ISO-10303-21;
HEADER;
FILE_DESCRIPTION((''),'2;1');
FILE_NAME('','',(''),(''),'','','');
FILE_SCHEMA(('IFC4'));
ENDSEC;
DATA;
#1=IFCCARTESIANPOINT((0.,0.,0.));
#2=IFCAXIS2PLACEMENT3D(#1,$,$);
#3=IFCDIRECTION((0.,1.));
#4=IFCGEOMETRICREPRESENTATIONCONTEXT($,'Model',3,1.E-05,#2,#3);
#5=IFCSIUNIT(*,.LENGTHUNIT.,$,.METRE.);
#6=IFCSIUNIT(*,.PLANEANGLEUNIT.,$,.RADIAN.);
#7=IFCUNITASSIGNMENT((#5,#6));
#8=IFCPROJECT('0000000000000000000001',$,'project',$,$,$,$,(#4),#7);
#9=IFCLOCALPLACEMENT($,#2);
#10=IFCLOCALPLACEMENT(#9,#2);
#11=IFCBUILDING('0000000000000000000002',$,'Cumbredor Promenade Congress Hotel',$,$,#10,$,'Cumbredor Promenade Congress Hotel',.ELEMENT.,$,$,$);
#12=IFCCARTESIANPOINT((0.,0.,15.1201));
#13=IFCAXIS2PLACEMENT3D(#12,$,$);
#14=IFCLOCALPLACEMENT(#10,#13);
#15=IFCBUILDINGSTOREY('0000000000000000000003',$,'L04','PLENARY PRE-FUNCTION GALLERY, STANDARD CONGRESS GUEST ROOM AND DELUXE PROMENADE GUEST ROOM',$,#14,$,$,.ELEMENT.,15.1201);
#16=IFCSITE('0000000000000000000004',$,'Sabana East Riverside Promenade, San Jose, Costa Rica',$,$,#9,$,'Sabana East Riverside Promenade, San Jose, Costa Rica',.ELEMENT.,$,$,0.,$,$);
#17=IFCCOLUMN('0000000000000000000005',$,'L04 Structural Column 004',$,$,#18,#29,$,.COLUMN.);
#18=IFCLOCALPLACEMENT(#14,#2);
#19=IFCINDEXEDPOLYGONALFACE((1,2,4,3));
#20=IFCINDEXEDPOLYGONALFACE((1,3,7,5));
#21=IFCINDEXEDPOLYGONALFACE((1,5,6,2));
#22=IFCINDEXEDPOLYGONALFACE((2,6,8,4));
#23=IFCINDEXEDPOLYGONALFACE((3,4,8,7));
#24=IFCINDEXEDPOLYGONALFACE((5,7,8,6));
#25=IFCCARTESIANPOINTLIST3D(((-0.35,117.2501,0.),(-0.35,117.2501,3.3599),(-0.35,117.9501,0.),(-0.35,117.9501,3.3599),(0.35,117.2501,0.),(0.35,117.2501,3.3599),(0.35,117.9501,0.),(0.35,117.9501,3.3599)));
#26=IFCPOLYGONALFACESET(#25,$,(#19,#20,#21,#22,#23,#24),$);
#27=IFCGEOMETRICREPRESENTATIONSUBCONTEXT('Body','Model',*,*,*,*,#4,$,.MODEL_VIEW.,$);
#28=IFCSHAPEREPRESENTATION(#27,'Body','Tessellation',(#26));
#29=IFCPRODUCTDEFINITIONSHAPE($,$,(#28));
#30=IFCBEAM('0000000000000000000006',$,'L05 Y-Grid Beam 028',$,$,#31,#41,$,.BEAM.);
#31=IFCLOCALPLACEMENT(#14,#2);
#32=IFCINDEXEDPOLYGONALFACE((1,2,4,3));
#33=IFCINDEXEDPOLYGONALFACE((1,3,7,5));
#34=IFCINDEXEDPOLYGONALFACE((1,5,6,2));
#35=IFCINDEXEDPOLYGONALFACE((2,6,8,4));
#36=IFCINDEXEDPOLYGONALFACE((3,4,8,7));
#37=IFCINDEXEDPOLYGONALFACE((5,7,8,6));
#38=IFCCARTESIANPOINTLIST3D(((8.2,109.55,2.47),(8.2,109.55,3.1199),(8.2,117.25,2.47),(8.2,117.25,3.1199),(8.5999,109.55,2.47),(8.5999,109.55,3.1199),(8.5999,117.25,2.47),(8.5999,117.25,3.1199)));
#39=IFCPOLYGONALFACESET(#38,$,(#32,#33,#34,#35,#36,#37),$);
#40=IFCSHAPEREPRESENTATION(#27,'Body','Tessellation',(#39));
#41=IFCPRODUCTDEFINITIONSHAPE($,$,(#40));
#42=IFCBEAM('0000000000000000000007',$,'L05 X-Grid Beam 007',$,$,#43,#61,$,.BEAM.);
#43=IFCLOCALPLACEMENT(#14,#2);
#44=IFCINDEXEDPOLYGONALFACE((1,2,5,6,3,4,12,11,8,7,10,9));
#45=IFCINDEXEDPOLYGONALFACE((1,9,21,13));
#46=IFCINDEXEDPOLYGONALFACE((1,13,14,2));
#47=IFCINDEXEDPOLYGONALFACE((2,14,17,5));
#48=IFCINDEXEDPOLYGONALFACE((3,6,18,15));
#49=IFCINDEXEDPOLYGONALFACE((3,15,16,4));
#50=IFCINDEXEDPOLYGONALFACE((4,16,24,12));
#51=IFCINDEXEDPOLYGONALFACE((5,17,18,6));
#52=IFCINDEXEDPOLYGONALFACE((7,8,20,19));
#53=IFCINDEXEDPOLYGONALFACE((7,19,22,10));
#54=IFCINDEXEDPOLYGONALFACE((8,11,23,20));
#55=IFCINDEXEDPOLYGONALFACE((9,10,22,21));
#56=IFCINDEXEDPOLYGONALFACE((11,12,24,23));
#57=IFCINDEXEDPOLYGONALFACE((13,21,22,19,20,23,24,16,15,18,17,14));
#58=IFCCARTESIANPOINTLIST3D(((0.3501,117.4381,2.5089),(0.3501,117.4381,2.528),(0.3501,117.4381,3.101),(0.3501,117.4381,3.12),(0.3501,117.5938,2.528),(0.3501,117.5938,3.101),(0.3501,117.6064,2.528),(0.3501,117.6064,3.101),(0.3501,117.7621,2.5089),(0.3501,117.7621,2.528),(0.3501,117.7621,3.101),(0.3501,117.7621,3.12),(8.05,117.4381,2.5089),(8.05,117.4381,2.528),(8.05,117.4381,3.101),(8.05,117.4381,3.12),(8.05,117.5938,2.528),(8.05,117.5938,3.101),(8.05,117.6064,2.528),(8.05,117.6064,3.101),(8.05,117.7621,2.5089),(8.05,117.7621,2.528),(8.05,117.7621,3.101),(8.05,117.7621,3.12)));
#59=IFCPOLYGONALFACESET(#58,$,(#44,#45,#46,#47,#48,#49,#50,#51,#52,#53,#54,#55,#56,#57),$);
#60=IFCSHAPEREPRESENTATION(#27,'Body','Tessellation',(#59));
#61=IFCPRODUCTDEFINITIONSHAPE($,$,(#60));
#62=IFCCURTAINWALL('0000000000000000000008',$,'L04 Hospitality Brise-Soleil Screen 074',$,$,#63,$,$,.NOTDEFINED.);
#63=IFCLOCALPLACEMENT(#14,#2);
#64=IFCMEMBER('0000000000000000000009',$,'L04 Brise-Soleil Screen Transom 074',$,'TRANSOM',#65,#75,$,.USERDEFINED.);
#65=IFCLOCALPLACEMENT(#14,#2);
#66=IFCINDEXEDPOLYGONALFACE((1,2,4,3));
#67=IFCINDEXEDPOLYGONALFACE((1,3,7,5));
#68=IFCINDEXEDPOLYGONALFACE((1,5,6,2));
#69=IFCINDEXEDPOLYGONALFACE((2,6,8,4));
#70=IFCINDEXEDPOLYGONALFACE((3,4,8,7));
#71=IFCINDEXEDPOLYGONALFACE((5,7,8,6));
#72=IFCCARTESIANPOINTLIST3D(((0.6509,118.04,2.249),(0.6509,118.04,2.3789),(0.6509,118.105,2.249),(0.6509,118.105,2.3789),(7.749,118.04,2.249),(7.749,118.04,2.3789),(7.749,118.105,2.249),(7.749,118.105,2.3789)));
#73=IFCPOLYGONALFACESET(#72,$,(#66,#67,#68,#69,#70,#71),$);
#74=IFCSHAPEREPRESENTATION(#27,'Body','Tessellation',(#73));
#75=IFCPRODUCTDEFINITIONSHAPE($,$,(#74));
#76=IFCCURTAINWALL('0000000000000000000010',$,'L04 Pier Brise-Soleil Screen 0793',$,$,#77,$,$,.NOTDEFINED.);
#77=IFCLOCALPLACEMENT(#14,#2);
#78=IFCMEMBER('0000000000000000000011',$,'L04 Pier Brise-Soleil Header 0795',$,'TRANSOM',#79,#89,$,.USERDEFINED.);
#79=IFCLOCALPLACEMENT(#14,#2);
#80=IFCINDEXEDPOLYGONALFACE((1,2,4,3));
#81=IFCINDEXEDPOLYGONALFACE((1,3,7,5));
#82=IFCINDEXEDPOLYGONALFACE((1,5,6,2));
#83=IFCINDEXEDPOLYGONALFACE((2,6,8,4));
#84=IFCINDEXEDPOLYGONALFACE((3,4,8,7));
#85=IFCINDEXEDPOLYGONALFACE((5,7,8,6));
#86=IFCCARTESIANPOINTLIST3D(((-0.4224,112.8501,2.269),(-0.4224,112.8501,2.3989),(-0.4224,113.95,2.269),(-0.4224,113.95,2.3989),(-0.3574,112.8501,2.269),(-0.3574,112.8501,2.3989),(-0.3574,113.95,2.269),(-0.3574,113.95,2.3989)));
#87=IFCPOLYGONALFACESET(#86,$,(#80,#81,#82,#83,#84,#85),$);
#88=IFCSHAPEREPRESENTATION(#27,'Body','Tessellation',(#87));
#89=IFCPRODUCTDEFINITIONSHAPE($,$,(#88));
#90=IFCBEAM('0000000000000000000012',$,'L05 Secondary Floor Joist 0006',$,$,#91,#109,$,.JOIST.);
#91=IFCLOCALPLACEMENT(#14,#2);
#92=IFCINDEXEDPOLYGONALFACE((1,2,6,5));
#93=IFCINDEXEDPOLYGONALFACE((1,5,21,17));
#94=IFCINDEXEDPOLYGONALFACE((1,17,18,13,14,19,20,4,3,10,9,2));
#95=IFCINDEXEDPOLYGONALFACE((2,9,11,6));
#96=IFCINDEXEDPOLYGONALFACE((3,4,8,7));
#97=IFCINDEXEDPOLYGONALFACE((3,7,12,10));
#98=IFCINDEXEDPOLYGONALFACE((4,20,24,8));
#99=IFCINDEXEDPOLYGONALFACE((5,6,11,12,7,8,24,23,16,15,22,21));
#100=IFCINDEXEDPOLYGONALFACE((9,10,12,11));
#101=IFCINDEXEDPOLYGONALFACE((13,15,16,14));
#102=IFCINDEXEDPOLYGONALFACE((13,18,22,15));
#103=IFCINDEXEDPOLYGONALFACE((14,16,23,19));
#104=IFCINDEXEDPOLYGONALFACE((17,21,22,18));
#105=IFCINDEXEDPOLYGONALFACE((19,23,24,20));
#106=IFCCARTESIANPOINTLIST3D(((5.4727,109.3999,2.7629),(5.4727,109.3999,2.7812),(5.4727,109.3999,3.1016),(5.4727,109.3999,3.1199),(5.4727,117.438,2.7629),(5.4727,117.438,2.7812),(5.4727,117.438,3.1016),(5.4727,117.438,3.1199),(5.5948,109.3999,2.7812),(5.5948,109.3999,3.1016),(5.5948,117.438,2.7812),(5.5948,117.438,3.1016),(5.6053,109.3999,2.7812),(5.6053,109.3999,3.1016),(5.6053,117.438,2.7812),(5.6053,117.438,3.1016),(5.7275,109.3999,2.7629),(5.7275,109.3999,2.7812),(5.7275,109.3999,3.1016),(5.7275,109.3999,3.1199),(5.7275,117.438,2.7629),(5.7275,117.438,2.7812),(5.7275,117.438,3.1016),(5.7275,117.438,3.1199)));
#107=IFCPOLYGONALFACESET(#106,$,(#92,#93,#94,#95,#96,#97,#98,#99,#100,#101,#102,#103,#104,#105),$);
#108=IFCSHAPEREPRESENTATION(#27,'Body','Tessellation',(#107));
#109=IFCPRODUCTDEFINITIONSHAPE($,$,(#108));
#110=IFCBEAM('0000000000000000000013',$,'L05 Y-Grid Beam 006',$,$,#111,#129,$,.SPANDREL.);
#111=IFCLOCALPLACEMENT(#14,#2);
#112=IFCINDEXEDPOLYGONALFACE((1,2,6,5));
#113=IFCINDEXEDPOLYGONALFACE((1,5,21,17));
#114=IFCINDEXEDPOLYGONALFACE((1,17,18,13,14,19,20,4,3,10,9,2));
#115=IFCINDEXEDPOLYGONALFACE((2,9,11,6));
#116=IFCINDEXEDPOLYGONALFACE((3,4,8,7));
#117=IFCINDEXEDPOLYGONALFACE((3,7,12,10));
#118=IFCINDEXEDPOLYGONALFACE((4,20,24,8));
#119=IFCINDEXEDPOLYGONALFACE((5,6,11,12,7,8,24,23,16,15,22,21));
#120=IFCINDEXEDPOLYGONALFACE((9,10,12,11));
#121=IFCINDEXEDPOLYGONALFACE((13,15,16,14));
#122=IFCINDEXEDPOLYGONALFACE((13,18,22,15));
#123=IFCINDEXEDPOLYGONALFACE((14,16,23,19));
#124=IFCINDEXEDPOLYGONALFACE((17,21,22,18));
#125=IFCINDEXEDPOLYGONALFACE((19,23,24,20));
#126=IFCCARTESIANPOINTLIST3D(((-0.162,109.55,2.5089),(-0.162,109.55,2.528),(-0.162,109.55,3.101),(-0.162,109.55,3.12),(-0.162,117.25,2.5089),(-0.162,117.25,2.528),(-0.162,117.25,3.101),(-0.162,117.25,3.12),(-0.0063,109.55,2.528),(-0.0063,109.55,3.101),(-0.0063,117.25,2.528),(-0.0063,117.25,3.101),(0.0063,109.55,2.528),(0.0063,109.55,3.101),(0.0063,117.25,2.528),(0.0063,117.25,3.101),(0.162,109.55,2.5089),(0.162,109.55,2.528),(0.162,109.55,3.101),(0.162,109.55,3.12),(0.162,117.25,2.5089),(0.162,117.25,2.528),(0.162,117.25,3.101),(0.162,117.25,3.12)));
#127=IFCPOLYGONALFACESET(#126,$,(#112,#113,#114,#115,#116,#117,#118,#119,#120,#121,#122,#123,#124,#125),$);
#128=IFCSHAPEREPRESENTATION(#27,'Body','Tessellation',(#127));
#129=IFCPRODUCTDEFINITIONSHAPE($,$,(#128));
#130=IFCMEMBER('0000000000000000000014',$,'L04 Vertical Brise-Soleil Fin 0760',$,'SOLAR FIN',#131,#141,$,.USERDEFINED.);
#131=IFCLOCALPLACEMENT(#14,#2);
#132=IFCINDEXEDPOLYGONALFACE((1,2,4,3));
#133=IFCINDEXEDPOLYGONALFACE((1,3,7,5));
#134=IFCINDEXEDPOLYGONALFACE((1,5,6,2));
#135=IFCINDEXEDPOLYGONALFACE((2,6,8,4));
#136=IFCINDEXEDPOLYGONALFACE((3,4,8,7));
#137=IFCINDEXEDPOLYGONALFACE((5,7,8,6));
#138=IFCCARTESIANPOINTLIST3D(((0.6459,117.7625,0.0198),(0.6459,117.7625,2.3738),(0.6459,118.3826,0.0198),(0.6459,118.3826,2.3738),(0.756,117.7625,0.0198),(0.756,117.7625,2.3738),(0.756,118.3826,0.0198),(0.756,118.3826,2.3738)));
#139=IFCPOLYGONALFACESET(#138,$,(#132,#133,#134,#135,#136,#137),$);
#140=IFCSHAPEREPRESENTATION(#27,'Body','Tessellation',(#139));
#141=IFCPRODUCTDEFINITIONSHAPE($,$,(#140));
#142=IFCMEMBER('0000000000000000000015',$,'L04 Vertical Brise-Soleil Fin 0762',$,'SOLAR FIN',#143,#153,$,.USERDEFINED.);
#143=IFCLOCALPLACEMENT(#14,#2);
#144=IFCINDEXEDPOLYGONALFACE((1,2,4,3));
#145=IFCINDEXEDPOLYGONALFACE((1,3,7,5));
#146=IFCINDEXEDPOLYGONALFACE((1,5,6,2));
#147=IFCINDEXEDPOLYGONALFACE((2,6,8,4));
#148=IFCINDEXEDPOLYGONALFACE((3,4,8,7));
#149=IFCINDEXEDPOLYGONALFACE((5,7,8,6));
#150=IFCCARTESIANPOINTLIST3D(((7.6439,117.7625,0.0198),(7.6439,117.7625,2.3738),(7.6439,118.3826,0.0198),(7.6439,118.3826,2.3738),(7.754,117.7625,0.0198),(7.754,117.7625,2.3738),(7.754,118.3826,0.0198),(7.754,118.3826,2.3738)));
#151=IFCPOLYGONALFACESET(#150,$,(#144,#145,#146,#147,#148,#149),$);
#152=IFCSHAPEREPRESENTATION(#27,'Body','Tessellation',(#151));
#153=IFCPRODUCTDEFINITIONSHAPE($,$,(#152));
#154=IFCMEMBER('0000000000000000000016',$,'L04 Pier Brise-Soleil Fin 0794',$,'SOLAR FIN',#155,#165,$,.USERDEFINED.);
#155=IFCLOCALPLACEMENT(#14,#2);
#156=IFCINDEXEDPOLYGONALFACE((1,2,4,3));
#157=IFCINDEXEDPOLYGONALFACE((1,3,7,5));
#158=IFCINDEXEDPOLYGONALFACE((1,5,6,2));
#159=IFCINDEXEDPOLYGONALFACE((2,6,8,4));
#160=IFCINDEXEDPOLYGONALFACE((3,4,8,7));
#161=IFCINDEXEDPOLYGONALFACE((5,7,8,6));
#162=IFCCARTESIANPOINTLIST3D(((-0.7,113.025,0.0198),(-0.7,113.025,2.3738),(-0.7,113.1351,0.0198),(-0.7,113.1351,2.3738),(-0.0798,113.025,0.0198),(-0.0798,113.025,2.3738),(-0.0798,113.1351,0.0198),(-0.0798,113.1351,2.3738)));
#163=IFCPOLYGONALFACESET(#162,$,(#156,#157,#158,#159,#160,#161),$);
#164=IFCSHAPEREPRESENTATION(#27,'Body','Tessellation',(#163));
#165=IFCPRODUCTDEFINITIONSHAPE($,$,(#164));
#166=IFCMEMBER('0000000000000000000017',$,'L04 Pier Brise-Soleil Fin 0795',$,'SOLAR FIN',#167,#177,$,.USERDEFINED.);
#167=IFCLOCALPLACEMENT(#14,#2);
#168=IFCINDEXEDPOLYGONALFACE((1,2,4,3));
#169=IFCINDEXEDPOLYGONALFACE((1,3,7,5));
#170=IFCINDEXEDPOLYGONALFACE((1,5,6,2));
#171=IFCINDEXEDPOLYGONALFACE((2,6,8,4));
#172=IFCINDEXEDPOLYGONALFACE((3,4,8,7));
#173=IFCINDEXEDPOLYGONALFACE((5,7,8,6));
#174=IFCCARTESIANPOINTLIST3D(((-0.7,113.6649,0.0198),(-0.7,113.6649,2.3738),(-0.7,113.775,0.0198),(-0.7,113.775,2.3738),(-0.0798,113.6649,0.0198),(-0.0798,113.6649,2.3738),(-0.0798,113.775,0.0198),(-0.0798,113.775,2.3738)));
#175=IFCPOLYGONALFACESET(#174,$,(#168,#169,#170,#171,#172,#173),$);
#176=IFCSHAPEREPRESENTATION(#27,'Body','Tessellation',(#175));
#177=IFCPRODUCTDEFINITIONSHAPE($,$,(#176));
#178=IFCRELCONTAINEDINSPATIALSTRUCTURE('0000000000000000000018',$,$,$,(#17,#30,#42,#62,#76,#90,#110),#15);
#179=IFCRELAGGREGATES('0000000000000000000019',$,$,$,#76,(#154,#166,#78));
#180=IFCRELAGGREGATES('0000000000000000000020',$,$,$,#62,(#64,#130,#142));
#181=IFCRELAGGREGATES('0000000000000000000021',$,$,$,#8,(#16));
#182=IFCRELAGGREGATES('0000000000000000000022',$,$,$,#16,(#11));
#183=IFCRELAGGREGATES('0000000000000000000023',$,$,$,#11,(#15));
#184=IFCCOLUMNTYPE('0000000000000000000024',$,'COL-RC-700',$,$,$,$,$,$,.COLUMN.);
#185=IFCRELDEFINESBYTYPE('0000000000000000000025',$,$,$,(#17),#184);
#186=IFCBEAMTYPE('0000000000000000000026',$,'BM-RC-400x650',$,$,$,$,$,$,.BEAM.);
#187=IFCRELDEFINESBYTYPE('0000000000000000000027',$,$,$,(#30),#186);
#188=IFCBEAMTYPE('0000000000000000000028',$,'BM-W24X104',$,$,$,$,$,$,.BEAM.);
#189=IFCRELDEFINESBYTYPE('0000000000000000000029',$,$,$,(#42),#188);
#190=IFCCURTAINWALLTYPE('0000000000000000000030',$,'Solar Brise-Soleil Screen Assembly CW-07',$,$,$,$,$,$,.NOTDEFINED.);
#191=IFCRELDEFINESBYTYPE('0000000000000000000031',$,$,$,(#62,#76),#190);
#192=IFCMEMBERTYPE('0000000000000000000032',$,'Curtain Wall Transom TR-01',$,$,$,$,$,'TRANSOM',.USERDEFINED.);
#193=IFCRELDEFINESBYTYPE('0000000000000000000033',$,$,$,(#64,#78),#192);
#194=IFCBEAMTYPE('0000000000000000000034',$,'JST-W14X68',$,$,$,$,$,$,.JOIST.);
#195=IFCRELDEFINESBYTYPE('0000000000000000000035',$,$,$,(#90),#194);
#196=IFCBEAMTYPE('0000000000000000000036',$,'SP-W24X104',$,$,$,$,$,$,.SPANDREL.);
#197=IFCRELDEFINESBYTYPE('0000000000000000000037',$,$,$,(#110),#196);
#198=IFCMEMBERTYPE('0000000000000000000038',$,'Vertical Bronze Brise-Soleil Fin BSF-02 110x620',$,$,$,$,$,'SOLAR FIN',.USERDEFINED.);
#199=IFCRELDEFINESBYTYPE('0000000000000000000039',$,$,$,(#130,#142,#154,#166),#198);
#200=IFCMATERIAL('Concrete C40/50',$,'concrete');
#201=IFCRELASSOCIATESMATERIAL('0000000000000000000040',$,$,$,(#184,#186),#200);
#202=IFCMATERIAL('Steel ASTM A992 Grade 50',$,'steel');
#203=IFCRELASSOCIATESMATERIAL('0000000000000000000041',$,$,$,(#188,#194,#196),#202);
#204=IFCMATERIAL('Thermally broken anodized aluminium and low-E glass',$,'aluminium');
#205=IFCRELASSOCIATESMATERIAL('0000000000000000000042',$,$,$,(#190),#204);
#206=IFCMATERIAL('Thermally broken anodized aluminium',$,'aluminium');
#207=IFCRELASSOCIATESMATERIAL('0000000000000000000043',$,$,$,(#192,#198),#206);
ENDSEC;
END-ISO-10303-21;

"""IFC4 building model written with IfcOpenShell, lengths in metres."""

from ifc_helpers import new_model, si_unit, direction, frame, origin, origin_2d, place, context, subcontext, project, spatial, rectangle, i_section, extrude, material, material_profile, profile_set, type_object, element, aggregate, save


model = new_model("IFC4")

# Units and contexts
model_context = context("Model", 3, precision=1e-05, world=origin(), true_north=direction((0.0, 1.0)))
body_context = subcontext(model_context, "Body", "Model", "MODEL_VIEW")
ifc_project = project(units=[si_unit("LENGTHUNIT", "METRE"), si_unit("PLANEANGLEUNIT", "RADIAN")], contexts=[model_context])

# Site, building, storey
site_placement = place(None, origin())
site = spatial("IfcSite", under=ifc_project, at=site_placement, Name="Sabana East Riverside Promenade, San Jose, Costa Rica", LongName="Sabana East Riverside Promenade, San Jose, Costa Rica", CompositionType="ELEMENT", RefElevation=0.0)
building_placement = place(site_placement, origin())
building = spatial("IfcBuilding", under=site, at=building_placement, Name="Cumbredor Promenade Congress Hotel", LongName="Cumbredor Promenade Congress Hotel", CompositionType="ELEMENT")
storey_placement = place(building_placement, frame((0.0, 0.0, 15.1201)))
storey = spatial("IfcBuildingStorey", under=building, at=storey_placement, Name="L04", Description="PLENARY PRE-FUNCTION GALLERY, STANDARD CONGRESS GUEST ROOM AND DELUXE PROMENADE GUEST ROOM", CompositionType="ELEMENT", Elevation=15.1201)

# Column
ifc_material_1 = material(Name="Concrete C40/50", Category="concrete")
ifc_material_profile_1 = material_profile(ifc_material_1, rectangle(XDim=0.7, YDim=0.7, at=origin_2d()), Name="RC 700x700")
ifc_profile_set_1 = profile_set([ifc_material_profile_1], Name="Concrete C40/50")
column_type = type_object("IfcColumnType", Name="COL-RC-700", PredefinedType="COLUMN", material=ifc_profile_set_1)
column_placement = place(storey_placement, frame((0.0, 117.6001, 0.0), z_axis=(0.0, 0.0, 1.0), x_axis=(1.0, 0.0, 0.0)))
element("IfcColumn", 1, at=column_placement, inside=storey, type_object=column_type, Name="L04 Structural Column 004", PredefinedType="COLUMN", context=body_context, shape_type="SweptSolid", body=[
    extrude(rectangle(XDim=0.7, YDim=0.7, at=origin_2d()), origin(), (0.0, 0.0, 1.0), 3.3599),
])

# Beams
ifc_material_profile_2 = material_profile(ifc_material_1, rectangle(XDim=0.3999, YDim=0.6499, at=origin_2d()), Name="RC BEAM 400x650")
ifc_profile_set_2 = profile_set([ifc_material_profile_2], Name="Concrete C40/50")
beam_type_1 = type_object("IfcBeamType", Name="BM-RC-400x650", PredefinedType="BEAM", material=ifc_profile_set_2)
beam_1_placement = place(storey_placement, frame((8.3999, 109.55, 2.7949), z_axis=(0.0, 1.0, 0.0), x_axis=(-1.0, 0.0, 0.0)))
element("IfcBeam", 2, at=beam_1_placement, inside=storey, type_object=beam_type_1, Name="L05 Y-Grid Beam 028", PredefinedType="BEAM", context=body_context, shape_type="SweptSolid", body=[
    extrude(rectangle(XDim=0.3999, YDim=0.6499, at=origin_2d()), origin(), (0.0, 0.0, 1.0), 7.7),
])
ifc_material_2 = material(Name="Steel ASTM A992 Grade 50", Category="steel")
ifc_material_profile_3 = material_profile(ifc_material_2, i_section(OverallWidth=0.324, OverallDepth=0.6111, WebThickness=0.0127, FlangeThickness=0.019, at=origin_2d()), Name="W24X104")
ifc_profile_set_3 = profile_set([ifc_material_profile_3], Name="Steel ASTM A992 Grade 50")
beam_type_2 = type_object("IfcBeamType", Name="BM-W24X104", PredefinedType="BEAM", material=ifc_profile_set_3)
beam_2_placement = place(storey_placement, frame((0.3501, 117.6001, 2.8145), z_axis=(1.0, 0.0, 0.0), x_axis=(0.0, 1.0, 0.0)))
element("IfcBeam", 3, at=beam_2_placement, inside=storey, type_object=beam_type_2, Name="L05 X-Grid Beam 007", PredefinedType="BEAM", context=body_context, shape_type="SweptSolid", body=[
    extrude(i_section(OverallWidth=0.324, OverallDepth=0.6111, WebThickness=0.0127, FlangeThickness=0.019, at=origin_2d()), origin(), (0.0, 0.0, 1.0), 7.7),
])

# Curtain walls, members
ifc_material_3 = material(Name="Thermally broken anodized aluminium and low-E glass", Category="aluminium")
curtain_wall_type = type_object("IfcCurtainWallType", Name="Solar Brise-Soleil Screen Assembly CW-07", PredefinedType="NOTDEFINED", material=ifc_material_3)
curtain_wall_1_placement = place(storey_placement, origin())
curtain_wall_1 = element("IfcCurtainWall", 4, at=curtain_wall_1_placement, inside=storey, type_object=curtain_wall_type, Name="L04 Hospitality Brise-Soleil Screen 074", PredefinedType="NOTDEFINED")
ifc_material_4 = material(Name="Thermally broken anodized aluminium", Category="aluminium")
ifc_material_profile_4 = material_profile(ifc_material_4, rectangle(XDim=0.0649, YDim=0.1299, at=origin_2d()), Name="ALU TRANSOM 65x130")
ifc_profile_set_4 = profile_set([ifc_material_profile_4], Name="Thermally broken anodized aluminium")
member_type_1 = type_object("IfcMemberType", Name="Curtain Wall Transom TR-01", ElementType="TRANSOM", PredefinedType="USERDEFINED", material=ifc_profile_set_4)
member_1_placement = place(storey_placement, frame((0.6509, 118.0725, 2.314), z_axis=(1.0, 0.0, 0.0), x_axis=(0.0, 1.0, 0.0)))
member_1 = element("IfcMember", 5, at=member_1_placement, type_object=member_type_1, Name="L04 Brise-Soleil Screen Transom 074", ObjectType="TRANSOM", PredefinedType="USERDEFINED", context=body_context, shape_type="SweptSolid", body=[
    extrude(rectangle(XDim=0.0649, YDim=0.1299, at=origin_2d()), origin(), (0.0, 0.0, 1.0), 7.0981),
])
curtain_wall_2_placement = place(storey_placement, origin())
curtain_wall_2 = element("IfcCurtainWall", 6, at=curtain_wall_2_placement, inside=storey, type_object=curtain_wall_type, Name="L04 Pier Brise-Soleil Screen 0793", PredefinedType="NOTDEFINED")
member_2_placement = place(storey_placement, frame((-0.3899, 112.8501, 2.334), z_axis=(0.0, 1.0, 0.0), x_axis=(-1.0, 0.0, 0.0)))
member_2 = element("IfcMember", 7, at=member_2_placement, type_object=member_type_1, Name="L04 Pier Brise-Soleil Header 0795", ObjectType="TRANSOM", PredefinedType="USERDEFINED", context=body_context, shape_type="SweptSolid", body=[
    extrude(rectangle(XDim=0.0649, YDim=0.1299, at=origin_2d()), origin(), (0.0, 0.0, 1.0), 1.0999),
])

# Beams
ifc_material_profile_5 = material_profile(ifc_material_2, i_section(OverallWidth=0.2549, OverallDepth=0.3569, WebThickness=0.0105, FlangeThickness=0.0183, at=origin_2d()), Name="W14X68")
ifc_profile_set_5 = profile_set([ifc_material_profile_5], Name="Steel ASTM A992 Grade 50")
beam_type_3 = type_object("IfcBeamType", Name="JST-W14X68", PredefinedType="JOIST", material=ifc_profile_set_5)
beam_3_placement = place(storey_placement, frame((5.6001, 109.3999, 2.9414), z_axis=(0.0, 1.0, 0.0), x_axis=(-1.0, 0.0, 0.0)))
element("IfcBeam", 8, at=beam_3_placement, inside=storey, type_object=beam_type_3, Name="L05 Secondary Floor Joist 0006", PredefinedType="JOIST", context=body_context, shape_type="SweptSolid", body=[
    extrude(i_section(OverallWidth=0.2549, OverallDepth=0.3569, WebThickness=0.0105, FlangeThickness=0.0183, at=origin_2d()), origin(), (0.0, 0.0, 1.0), 8.0381),
])
ifc_material_profile_6 = material_profile(ifc_material_2, i_section(OverallWidth=0.324, OverallDepth=0.6111, WebThickness=0.0127, FlangeThickness=0.019, at=origin_2d()), Name="W24X104")
ifc_profile_set_6 = profile_set([ifc_material_profile_6], Name="Steel ASTM A992 Grade 50")
beam_type_4 = type_object("IfcBeamType", Name="SP-W24X104", PredefinedType="SPANDREL", material=ifc_profile_set_6)
beam_4_placement = place(storey_placement, frame((0.0, 109.55, 2.8145), z_axis=(0.0, 1.0, 0.0), x_axis=(-1.0, 0.0, 0.0)))
element("IfcBeam", 9, at=beam_4_placement, inside=storey, type_object=beam_type_4, Name="L05 Y-Grid Beam 006", PredefinedType="SPANDREL", context=body_context, shape_type="SweptSolid", body=[
    extrude(i_section(OverallWidth=0.324, OverallDepth=0.6111, WebThickness=0.0127, FlangeThickness=0.019, at=origin_2d()), origin(), (0.0, 0.0, 1.0), 7.7),
])

# Members
ifc_material_profile_7 = material_profile(ifc_material_4, rectangle(XDim=0.1101, YDim=0.6201, at=origin_2d()), Name="ARCH FIN 110x620")
ifc_profile_set_7 = profile_set([ifc_material_profile_7], Name="Thermally broken anodized aluminium")
member_type_2 = type_object("IfcMemberType", Name="Vertical Bronze Brise-Soleil Fin BSF-02 110x620", ElementType="SOLAR FIN", PredefinedType="USERDEFINED", material=ifc_profile_set_7)
member_3_placement = place(storey_placement, frame((0.7009, 118.0725, 0.0198), z_axis=(0.0, 0.0, 1.0), x_axis=(1.0, 0.0, 0.0)))
member_3 = element("IfcMember", 10, at=member_3_placement, type_object=member_type_2, Name="L04 Vertical Brise-Soleil Fin 0760", ObjectType="SOLAR FIN", PredefinedType="USERDEFINED", context=body_context, shape_type="SweptSolid", body=[
    extrude(rectangle(XDim=0.1101, YDim=0.6201, at=origin_2d()), origin(), (0.0, 0.0, 1.0), 2.354),
])
member_4_placement = place(storey_placement, frame((7.699, 118.0725, 0.0198), z_axis=(0.0, 0.0, 1.0), x_axis=(1.0, 0.0, 0.0)))
member_4 = element("IfcMember", 11, at=member_4_placement, type_object=member_type_2, Name="L04 Vertical Brise-Soleil Fin 0762", ObjectType="SOLAR FIN", PredefinedType="USERDEFINED", context=body_context, shape_type="SweptSolid", body=[
    extrude(rectangle(XDim=0.1101, YDim=0.6201, at=origin_2d()), origin(), (0.0, 0.0, 1.0), 2.354),
])
member_5_placement = place(storey_placement, frame((-0.3899, 113.0801, 0.0198), z_axis=(0.0, 0.0, 1.0), x_axis=(0.0, 1.0, 0.0)))
member_5 = element("IfcMember", 12, at=member_5_placement, type_object=member_type_2, Name="L04 Pier Brise-Soleil Fin 0794", ObjectType="SOLAR FIN", PredefinedType="USERDEFINED", context=body_context, shape_type="SweptSolid", body=[
    extrude(rectangle(XDim=0.1101, YDim=0.6201, at=origin_2d()), origin(), (0.0, 0.0, 1.0), 2.354),
])
member_6_placement = place(storey_placement, frame((-0.3899, 113.72, 0.0198), z_axis=(0.0, 0.0, 1.0), x_axis=(0.0, 1.0, 0.0)))
member_6 = element("IfcMember", 13, at=member_6_placement, type_object=member_type_2, Name="L04 Pier Brise-Soleil Fin 0795", ObjectType="SOLAR FIN", PredefinedType="USERDEFINED", context=body_context, shape_type="SweptSolid", body=[
    extrude(rectangle(XDim=0.1101, YDim=0.6201, at=origin_2d()), origin(), (0.0, 0.0, 1.0), 2.354),
])
aggregate(curtain_wall_2, [member_5, member_6, member_2])

aggregate(curtain_wall_1, [member_1, member_3, member_4])

save(model, "model.ifc")
